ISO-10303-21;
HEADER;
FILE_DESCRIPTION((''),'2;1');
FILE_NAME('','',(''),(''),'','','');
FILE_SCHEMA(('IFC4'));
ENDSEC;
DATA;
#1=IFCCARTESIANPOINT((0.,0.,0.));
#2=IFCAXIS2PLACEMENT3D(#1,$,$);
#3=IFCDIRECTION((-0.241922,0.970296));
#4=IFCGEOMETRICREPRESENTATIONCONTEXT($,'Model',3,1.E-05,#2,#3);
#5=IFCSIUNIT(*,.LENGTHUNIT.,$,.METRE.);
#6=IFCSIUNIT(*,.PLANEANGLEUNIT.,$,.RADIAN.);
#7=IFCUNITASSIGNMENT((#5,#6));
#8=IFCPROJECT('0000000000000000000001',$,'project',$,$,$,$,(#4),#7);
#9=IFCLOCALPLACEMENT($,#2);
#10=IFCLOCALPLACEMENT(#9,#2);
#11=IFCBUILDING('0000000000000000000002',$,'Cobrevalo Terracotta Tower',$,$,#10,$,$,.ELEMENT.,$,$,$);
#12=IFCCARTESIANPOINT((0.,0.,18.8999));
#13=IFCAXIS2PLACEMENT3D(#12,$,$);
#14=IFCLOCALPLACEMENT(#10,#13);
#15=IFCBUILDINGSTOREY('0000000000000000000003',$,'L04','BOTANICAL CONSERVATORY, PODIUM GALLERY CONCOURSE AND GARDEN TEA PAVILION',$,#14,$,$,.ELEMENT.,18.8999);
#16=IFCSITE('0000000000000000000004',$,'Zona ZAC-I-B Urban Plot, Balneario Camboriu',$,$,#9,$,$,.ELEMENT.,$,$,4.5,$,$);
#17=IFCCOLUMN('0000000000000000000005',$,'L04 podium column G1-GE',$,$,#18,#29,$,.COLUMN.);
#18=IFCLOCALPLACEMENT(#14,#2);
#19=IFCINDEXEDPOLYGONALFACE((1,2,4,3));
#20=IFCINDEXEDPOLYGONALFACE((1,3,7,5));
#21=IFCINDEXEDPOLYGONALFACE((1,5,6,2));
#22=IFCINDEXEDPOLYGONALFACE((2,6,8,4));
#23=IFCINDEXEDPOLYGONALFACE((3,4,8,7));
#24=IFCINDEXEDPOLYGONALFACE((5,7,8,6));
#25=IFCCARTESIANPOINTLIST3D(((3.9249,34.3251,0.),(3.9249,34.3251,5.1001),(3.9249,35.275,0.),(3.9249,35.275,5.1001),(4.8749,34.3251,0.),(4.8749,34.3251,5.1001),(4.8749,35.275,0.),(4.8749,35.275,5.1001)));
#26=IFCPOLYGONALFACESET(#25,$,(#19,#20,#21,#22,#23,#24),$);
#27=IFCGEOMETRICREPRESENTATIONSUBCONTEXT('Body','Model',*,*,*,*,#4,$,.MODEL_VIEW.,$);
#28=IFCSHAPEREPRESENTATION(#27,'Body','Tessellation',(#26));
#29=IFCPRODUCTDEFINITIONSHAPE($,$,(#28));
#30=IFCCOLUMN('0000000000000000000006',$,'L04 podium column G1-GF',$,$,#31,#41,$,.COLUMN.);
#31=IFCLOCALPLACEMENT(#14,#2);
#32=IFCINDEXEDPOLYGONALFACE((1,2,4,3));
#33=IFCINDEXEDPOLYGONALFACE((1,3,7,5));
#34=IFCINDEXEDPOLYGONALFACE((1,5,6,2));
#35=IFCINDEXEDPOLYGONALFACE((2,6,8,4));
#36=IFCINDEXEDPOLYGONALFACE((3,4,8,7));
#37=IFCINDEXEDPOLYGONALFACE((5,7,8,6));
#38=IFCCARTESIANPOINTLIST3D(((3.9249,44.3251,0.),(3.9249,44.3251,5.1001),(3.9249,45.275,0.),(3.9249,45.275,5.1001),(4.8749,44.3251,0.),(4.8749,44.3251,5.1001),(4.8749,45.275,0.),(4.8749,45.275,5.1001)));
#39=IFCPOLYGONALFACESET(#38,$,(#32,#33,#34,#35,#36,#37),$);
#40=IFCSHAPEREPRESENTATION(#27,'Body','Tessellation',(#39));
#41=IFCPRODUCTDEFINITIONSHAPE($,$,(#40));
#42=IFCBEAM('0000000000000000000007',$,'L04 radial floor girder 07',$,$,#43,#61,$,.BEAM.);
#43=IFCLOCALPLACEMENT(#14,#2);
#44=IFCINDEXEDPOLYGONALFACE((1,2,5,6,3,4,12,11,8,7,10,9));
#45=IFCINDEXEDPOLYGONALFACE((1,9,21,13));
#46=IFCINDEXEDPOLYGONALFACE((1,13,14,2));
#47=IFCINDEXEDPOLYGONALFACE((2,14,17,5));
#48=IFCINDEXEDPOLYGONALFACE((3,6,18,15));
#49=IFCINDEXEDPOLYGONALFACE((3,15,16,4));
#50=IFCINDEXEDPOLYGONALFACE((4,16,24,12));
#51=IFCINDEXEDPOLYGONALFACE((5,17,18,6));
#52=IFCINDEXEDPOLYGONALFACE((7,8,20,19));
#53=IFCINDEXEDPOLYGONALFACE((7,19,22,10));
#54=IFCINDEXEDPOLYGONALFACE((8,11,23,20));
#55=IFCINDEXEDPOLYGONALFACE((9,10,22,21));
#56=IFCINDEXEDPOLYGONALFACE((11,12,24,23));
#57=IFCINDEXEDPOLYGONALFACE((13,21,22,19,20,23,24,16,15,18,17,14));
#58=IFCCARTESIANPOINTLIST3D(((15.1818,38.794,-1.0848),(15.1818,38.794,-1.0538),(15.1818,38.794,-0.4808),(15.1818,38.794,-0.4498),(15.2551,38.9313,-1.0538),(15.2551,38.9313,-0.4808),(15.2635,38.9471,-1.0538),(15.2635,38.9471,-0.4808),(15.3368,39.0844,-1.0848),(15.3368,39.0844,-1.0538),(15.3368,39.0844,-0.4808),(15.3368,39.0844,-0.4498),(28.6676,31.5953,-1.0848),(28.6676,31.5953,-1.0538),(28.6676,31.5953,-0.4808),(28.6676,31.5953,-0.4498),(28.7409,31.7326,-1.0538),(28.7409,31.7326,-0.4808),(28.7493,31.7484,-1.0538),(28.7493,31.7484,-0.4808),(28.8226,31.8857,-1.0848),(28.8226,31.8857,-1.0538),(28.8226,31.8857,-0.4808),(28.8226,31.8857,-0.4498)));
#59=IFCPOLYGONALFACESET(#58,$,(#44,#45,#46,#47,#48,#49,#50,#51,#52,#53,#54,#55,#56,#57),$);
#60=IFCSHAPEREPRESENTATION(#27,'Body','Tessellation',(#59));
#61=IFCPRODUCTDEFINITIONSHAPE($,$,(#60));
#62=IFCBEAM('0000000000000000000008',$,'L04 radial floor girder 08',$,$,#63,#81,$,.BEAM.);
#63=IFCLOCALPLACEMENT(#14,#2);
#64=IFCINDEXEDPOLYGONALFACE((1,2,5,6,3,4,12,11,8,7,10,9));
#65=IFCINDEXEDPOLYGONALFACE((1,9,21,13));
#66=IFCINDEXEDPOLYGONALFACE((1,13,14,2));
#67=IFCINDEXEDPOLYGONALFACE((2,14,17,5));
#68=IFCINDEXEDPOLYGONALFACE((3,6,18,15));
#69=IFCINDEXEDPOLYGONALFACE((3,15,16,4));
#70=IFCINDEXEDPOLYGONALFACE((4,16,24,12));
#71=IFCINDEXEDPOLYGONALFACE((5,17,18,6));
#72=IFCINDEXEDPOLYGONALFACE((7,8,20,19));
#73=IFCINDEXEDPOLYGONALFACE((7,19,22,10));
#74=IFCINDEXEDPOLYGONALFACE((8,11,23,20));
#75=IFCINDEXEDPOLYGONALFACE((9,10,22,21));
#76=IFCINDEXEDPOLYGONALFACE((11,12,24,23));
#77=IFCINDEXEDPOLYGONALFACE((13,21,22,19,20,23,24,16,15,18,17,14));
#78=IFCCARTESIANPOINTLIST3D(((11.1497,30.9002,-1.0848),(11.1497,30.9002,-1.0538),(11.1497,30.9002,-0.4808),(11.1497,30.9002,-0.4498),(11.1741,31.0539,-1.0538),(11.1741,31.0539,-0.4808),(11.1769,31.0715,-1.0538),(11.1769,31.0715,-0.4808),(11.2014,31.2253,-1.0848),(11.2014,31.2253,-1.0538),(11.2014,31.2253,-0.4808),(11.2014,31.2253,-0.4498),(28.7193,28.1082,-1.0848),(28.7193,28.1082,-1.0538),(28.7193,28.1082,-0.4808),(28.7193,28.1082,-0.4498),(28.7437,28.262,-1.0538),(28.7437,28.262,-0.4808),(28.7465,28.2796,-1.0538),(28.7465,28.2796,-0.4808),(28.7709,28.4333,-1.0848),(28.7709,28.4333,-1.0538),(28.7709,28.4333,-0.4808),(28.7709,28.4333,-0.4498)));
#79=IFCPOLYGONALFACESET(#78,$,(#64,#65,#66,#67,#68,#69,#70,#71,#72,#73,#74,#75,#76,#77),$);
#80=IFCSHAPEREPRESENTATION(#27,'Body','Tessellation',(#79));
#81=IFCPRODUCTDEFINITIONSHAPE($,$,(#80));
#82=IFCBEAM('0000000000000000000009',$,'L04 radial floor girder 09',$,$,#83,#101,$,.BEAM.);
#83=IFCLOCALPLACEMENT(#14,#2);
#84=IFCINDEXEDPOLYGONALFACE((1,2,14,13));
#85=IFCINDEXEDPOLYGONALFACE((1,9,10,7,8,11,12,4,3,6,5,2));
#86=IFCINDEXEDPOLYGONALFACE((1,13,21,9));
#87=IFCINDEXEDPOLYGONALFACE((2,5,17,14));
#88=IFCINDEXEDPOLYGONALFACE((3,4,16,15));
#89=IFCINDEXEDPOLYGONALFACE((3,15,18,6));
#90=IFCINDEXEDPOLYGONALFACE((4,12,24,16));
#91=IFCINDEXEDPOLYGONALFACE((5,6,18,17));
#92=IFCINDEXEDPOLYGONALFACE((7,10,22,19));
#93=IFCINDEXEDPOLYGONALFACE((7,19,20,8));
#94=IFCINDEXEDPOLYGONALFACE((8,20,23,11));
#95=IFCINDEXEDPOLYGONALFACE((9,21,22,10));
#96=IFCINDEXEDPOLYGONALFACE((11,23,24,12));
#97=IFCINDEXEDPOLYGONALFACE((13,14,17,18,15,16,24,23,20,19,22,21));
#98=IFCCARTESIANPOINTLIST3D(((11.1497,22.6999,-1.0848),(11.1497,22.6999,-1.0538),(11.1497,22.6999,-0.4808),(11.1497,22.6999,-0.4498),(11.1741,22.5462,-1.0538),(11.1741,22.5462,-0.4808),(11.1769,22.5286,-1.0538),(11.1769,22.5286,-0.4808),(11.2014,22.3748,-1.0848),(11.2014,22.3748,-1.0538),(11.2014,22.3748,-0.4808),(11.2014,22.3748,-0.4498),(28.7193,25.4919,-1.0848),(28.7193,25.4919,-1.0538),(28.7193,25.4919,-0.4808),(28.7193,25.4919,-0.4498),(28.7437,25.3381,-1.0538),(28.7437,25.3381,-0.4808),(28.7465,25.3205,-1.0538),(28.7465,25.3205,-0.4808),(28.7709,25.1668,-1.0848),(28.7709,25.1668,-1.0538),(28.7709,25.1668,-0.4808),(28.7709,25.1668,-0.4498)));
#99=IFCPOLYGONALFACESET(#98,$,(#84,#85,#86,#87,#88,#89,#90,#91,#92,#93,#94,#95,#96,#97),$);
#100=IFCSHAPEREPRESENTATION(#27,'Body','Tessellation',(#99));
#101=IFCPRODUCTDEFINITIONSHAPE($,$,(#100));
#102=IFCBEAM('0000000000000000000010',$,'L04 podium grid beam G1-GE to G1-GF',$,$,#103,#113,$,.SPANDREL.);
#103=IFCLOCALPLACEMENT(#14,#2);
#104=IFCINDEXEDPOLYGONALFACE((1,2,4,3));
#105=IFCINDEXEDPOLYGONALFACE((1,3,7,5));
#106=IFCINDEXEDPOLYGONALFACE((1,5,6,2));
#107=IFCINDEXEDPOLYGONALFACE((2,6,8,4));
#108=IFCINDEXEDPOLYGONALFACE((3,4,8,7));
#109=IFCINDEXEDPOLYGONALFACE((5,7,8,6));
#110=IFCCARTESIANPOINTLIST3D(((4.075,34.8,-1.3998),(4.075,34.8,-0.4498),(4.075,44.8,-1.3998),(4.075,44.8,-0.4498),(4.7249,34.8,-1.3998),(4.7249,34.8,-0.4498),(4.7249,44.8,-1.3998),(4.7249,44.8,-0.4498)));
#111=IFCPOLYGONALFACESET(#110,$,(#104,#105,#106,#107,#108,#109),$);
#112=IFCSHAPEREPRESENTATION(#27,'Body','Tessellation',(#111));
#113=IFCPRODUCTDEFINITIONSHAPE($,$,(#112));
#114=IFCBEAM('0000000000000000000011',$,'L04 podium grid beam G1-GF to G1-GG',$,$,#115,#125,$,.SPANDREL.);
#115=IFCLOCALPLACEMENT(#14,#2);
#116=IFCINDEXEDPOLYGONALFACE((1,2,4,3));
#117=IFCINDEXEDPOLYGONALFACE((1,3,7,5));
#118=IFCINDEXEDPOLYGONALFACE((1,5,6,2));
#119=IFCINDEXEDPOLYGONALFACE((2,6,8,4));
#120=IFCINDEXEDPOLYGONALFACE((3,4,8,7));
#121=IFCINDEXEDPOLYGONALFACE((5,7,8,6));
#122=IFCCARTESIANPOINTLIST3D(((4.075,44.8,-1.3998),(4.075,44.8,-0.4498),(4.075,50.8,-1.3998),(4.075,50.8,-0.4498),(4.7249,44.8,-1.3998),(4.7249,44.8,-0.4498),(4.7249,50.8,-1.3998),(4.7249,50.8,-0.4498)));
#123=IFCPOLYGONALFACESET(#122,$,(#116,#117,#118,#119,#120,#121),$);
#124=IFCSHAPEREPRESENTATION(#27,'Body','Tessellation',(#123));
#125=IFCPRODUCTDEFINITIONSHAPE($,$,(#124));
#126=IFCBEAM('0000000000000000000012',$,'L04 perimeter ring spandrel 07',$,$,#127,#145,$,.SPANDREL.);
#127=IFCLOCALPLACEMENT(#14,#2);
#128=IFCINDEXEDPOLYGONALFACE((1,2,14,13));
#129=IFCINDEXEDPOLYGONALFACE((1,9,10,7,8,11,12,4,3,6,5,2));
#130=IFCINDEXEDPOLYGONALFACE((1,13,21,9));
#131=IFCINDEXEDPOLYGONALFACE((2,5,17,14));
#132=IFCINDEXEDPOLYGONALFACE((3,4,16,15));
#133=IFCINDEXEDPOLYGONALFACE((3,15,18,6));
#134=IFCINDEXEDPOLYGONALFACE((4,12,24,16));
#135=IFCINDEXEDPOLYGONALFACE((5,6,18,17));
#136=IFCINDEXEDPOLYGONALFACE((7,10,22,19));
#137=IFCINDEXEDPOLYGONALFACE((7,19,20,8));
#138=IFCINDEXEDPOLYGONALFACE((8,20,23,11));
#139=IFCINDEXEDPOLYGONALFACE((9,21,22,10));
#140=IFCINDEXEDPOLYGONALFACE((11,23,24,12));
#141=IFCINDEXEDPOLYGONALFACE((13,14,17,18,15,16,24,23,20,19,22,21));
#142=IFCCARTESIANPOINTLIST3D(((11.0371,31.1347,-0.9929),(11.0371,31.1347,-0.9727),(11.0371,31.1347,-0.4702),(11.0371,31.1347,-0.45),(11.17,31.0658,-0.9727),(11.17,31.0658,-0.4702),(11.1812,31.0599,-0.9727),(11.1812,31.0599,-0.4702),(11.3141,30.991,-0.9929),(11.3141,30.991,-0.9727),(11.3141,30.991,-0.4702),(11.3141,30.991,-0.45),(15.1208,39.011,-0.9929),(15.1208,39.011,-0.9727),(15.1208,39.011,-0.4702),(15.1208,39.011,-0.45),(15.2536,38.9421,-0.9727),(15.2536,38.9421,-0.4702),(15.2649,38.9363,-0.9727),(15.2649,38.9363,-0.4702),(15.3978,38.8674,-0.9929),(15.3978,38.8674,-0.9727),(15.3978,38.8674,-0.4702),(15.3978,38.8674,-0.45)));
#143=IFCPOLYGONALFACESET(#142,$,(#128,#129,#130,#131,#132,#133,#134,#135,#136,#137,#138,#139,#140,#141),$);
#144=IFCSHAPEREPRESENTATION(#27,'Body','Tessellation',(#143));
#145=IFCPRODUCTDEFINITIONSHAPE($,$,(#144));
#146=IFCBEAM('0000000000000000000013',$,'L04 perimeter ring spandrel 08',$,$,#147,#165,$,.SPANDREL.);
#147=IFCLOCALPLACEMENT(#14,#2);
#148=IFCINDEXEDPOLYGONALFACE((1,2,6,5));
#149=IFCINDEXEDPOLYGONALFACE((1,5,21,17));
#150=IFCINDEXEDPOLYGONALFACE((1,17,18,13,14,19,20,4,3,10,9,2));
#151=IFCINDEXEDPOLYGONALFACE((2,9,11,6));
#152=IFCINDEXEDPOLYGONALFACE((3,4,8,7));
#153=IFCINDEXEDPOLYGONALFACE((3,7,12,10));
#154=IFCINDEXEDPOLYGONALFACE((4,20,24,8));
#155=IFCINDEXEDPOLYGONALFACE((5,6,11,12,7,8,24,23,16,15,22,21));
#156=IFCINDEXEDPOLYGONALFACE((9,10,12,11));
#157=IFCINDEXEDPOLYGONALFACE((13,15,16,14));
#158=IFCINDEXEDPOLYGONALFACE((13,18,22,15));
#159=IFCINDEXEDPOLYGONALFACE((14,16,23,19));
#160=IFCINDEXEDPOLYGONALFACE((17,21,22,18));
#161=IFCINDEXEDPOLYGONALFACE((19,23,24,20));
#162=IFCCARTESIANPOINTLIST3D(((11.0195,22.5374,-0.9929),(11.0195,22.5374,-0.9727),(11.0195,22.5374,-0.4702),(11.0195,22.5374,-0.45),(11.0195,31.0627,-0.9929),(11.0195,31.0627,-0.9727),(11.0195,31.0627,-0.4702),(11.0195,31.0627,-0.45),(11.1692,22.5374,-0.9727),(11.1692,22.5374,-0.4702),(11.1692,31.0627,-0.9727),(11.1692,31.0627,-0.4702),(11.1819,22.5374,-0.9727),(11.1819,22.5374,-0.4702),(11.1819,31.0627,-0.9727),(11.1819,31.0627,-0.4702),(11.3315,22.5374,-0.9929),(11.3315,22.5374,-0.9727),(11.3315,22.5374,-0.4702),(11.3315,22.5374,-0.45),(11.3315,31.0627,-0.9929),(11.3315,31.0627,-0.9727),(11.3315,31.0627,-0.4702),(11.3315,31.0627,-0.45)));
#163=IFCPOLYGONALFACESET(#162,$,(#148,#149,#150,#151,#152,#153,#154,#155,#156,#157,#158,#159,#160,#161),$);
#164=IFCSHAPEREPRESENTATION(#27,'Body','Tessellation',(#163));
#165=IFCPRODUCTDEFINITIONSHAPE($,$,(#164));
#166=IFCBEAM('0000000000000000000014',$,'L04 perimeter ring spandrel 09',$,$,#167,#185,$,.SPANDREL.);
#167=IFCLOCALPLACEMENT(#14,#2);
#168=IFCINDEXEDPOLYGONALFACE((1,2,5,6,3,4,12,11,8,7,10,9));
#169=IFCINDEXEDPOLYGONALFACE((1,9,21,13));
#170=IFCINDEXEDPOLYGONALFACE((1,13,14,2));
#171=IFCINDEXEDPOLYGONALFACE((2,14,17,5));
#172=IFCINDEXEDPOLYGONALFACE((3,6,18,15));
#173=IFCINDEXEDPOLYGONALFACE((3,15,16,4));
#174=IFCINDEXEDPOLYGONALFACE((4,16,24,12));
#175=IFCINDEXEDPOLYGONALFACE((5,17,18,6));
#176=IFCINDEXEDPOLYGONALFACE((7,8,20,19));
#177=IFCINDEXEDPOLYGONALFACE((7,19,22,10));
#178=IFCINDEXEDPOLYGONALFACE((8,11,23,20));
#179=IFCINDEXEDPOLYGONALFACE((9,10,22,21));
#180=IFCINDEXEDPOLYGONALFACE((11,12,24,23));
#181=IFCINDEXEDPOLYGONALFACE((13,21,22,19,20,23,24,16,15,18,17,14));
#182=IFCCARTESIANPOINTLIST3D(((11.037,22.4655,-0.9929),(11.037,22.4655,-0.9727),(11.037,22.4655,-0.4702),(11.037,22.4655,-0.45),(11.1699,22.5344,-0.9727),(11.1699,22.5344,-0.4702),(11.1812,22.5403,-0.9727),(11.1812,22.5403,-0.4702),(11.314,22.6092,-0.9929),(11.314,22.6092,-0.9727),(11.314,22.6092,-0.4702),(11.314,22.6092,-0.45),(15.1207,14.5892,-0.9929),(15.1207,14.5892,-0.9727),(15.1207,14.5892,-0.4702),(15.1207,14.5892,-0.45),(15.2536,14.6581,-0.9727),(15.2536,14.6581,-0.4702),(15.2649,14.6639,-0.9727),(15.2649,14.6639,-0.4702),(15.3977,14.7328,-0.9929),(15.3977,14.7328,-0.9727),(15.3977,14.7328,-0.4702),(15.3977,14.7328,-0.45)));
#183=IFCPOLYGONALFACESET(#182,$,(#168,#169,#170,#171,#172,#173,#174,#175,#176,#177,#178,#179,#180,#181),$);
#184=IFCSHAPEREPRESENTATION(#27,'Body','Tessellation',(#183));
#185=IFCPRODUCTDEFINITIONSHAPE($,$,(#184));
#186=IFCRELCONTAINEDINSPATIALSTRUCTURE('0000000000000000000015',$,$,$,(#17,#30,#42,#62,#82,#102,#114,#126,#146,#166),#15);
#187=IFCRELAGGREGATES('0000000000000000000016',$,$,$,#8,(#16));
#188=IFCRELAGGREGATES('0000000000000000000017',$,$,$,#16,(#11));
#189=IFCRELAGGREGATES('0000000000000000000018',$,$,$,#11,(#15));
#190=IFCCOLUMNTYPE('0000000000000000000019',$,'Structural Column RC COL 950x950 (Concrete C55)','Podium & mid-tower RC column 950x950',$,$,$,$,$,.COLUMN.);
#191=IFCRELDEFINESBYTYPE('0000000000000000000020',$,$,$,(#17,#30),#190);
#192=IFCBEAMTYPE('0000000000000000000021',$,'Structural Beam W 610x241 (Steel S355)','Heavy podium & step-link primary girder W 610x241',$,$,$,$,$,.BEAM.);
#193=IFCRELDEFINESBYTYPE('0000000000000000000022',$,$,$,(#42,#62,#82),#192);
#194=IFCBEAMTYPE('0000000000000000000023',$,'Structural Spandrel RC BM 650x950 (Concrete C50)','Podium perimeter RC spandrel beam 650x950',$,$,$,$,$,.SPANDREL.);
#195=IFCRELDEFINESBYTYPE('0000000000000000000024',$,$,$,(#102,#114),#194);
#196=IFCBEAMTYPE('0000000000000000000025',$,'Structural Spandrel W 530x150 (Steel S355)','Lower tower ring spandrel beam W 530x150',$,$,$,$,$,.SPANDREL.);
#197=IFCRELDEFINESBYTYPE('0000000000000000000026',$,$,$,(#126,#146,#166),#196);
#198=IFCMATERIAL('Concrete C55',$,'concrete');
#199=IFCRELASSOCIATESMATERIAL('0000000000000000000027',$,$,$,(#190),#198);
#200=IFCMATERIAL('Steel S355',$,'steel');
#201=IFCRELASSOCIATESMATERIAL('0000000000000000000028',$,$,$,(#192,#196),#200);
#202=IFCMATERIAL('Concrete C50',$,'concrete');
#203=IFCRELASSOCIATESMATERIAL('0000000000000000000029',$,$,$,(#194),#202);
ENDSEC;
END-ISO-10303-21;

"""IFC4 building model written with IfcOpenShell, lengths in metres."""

from ifc_helpers import new_model, si_unit, direction, frame, origin, origin_2d, place, context, subcontext, project, spatial, rectangle, i_section, extrude, material, material_profile, profile_set, type_object, element, save


model = new_model("IFC4")

# Units and contexts
model_context = context("Model", 3, precision=1e-05, world=origin(), true_north=direction((-0.241922, 0.970296)))
body_context = subcontext(model_context, "Body", "Model", "MODEL_VIEW")
ifc_project = project(units=[si_unit("LENGTHUNIT", "METRE"), si_unit("PLANEANGLEUNIT", "RADIAN")], contexts=[model_context])

# Site, building, storey
site_placement = place(None, origin())
site = spatial("IfcSite", under=ifc_project, at=site_placement, Name="Zona ZAC-I-B Urban Plot, Balneario Camboriu", CompositionType="ELEMENT", RefElevation=4.5)
building_placement = place(site_placement, origin())
building = spatial("IfcBuilding", under=site, at=building_placement, Name="Cobrevalo Terracotta Tower", CompositionType="ELEMENT")
storey_placement = place(building_placement, frame((0.0, 0.0, 18.8999)))
storey = spatial("IfcBuildingStorey", under=building, at=storey_placement, Name="L04", Description="BOTANICAL CONSERVATORY, PODIUM GALLERY CONCOURSE AND GARDEN TEA PAVILION", CompositionType="ELEMENT", Elevation=18.8999)

# Columns
ifc_material_1 = material(Name="Steel S355", Category="steel")
ifc_material_2 = material(Name="Concrete C50", Category="concrete")
ifc_material_3 = material(Name="Concrete C55", Category="concrete")
ifc_material_profile_1 = material_profile(ifc_material_3, rectangle(XDim=0.95, YDim=0.95, at=origin_2d()), Name="RC COL 950x950")
ifc_profile_set_1 = profile_set([ifc_material_profile_1], Name="Concrete C55")
column_type_1 = type_object("IfcColumnType", Name="Structural Column RC COL 950x950 (Concrete C55)", Description="Podium & mid-tower RC column 950x950", PredefinedType="COLUMN", material=ifc_profile_set_1)
for number, where, z_axis, x_axis, name in (
    (1, (4.3999, 34.8, 0.0), (0.0, 0.0, 1.0), (1.0, 0.0, 0.0), "L04 podium column G1-GE"),
    (2, (4.3999, 44.8, 0.0), (0.0, 0.0, 1.0), (1.0, 0.0, 0.0), "L04 podium column G1-GF"),
):
    element("IfcColumn", number, at=place(storey_placement, frame(where, z_axis=z_axis, x_axis=x_axis)), inside=storey, type_object=column_type_1, Name=name, PredefinedType="COLUMN", context=body_context, shape_type="SweptSolid", body=[
        extrude(rectangle(XDim=0.95, YDim=0.95, at=origin_2d()), origin(), (0.0, 0.0, 1.0), 5.1001),
    ])

# Beams
ifc_material_profile_2 = material_profile(ifc_material_1, i_section(OverallWidth=0.3291, OverallDepth=0.635, WebThickness=0.0178, FlangeThickness=0.031, at=origin_2d()), Name="W 610x241")
ifc_profile_set_2 = profile_set([ifc_material_profile_2], Name="Steel S355")
beam_type_1 = type_object("IfcBeamType", Name="Structural Beam W 610x241 (Steel S355)", Description="Heavy podium & step-link primary girder W 610x241", PredefinedType="BEAM", material=ifc_profile_set_2)
beam_1_placement = place(storey_placement, frame((15.2593, 38.9392, -0.7673), z_axis=(0.882182, -0.470908, 0.0), x_axis=(0.470908, 0.882182, 0.0)))
element("IfcBeam", 3, at=beam_1_placement, inside=storey, type_object=beam_type_1, Name="L04 radial floor girder 07", PredefinedType="BEAM", context=body_context, shape_type="SweptSolid", body=[
    extrude(i_section(OverallWidth=0.3291, OverallDepth=0.635, WebThickness=0.0178, FlangeThickness=0.031, at=origin_2d()), origin(), (0.0, 0.0, 1.0), 15.2869),
])
for number, where, z_axis, x_axis, name in (
    (4, (11.1755, 31.0627, -0.7673), (0.987608, -0.156941, 0.0), (0.156941, 0.987608, 0.0), "L04 radial floor girder 08"),
    (5, (11.1755, 22.5374, -0.7673), (0.987608, 0.156941, 0.0), (-0.156941, 0.987608, 0.0), "L04 radial floor girder 09"),
):
    element("IfcBeam", number, at=place(storey_placement, frame(where, z_axis=z_axis, x_axis=x_axis)), inside=storey, type_object=beam_type_1, Name=name, PredefinedType="BEAM", context=body_context, shape_type="SweptSolid", body=[
        extrude(i_section(OverallWidth=0.3291, OverallDepth=0.635, WebThickness=0.0178, FlangeThickness=0.031, at=origin_2d()), origin(), (0.0, 0.0, 1.0), 17.79),
    ])
ifc_material_profile_3 = material_profile(ifc_material_2, rectangle(XDim=0.6499, YDim=0.95, at=origin_2d()), Name="RC BM 650x950")
ifc_profile_set_3 = profile_set([ifc_material_profile_3], Name="Concrete C50")
beam_type_2 = type_object("IfcBeamType", Name="Structural Spandrel RC BM 650x950 (Concrete C50)", Description="Podium perimeter RC spandrel beam 650x950", PredefinedType="SPANDREL", material=ifc_profile_set_3)
beam_2_placement = place(storey_placement, frame((4.3999, 34.8, -0.9248), z_axis=(0.0, 1.0, 0.0), x_axis=(-1.0, 0.0, 0.0)))
element("IfcBeam", 6, at=beam_2_placement, inside=storey, type_object=beam_type_2, Name="L04 podium grid beam G1-GE to G1-GF", PredefinedType="SPANDREL", context=body_context, shape_type="SweptSolid", body=[
    extrude(rectangle(XDim=0.6499, YDim=0.95, at=origin_2d()), origin(), (0.0, 0.0, 1.0), 10.0),
])
beam_3_placement = place(storey_placement, frame((4.3999, 44.8, -0.9248), z_axis=(0.0, 1.0, 0.0), x_axis=(-1.0, 0.0, 0.0)))
element("IfcBeam", 7, at=beam_3_placement, inside=storey, type_object=beam_type_2, Name="L04 podium grid beam G1-GF to G1-GG", PredefinedType="SPANDREL", context=body_context, shape_type="SweptSolid", body=[
    extrude(rectangle(XDim=0.6499, YDim=0.95, at=origin_2d()), origin(), (0.0, 0.0, 1.0), 6.0),
])
ifc_material_profile_4 = material_profile(ifc_material_1, i_section(OverallWidth=0.312, OverallDepth=0.543, WebThickness=0.0127, FlangeThickness=0.0203, at=origin_2d()), Name="W 530x150")
ifc_profile_set_4 = profile_set([ifc_material_profile_4], Name="Steel S355")
beam_type_3 = type_object("IfcBeamType", Name="Structural Spandrel W 530x150 (Steel S355)", Description="Lower tower ring spandrel beam W 530x150", PredefinedType="SPANDREL", material=ifc_profile_set_4)
beam_4_placement = place(storey_placement, frame((15.2593, 38.9392, -0.7214), z_axis=(-0.460286, -0.887771, 0.0), x_axis=(0.887771, -0.460286, 0.0)))
element("IfcBeam", 8, at=beam_4_placement, inside=storey, type_object=beam_type_3, Name="L04 perimeter ring spandrel 07", PredefinedType="SPANDREL", context=body_context, shape_type="SweptSolid", body=[
    extrude(i_section(OverallWidth=0.312, OverallDepth=0.543, WebThickness=0.0127, FlangeThickness=0.0203, at=origin_2d()), origin(), (0.0, 0.0, 1.0), 8.8721),
])
beam_5_placement = place(storey_placement, frame((11.1755, 31.0627, -0.7214), z_axis=(0.0, -1.0, 0.0), x_axis=(1.0, 0.0, 0.0)))
element("IfcBeam", 9, at=beam_5_placement, inside=storey, type_object=beam_type_3, Name="L04 perimeter ring spandrel 08", PredefinedType="SPANDREL", context=body_context, shape_type="SweptSolid", body=[
    extrude(i_section(OverallWidth=0.312, OverallDepth=0.543, WebThickness=0.0127, FlangeThickness=0.0203, at=origin_2d()), origin(), (0.0, 0.0, 1.0), 8.5254),
])
beam_6_placement = place(storey_placement, frame((11.1755, 22.5374, -0.7214), z_axis=(0.460286, -0.887771, 0.0), x_axis=(0.887771, 0.460286, 0.0)))
element("IfcBeam", 10, at=beam_6_placement, inside=storey, type_object=beam_type_3, Name="L04 perimeter ring spandrel 09", PredefinedType="SPANDREL", context=body_context, shape_type="SweptSolid", body=[
    extrude(i_section(OverallWidth=0.312, OverallDepth=0.543, WebThickness=0.0127, FlangeThickness=0.0203, at=origin_2d()), origin(), (0.0, 0.0, 1.0), 8.8721),
])

save(model, "model.ifc")
